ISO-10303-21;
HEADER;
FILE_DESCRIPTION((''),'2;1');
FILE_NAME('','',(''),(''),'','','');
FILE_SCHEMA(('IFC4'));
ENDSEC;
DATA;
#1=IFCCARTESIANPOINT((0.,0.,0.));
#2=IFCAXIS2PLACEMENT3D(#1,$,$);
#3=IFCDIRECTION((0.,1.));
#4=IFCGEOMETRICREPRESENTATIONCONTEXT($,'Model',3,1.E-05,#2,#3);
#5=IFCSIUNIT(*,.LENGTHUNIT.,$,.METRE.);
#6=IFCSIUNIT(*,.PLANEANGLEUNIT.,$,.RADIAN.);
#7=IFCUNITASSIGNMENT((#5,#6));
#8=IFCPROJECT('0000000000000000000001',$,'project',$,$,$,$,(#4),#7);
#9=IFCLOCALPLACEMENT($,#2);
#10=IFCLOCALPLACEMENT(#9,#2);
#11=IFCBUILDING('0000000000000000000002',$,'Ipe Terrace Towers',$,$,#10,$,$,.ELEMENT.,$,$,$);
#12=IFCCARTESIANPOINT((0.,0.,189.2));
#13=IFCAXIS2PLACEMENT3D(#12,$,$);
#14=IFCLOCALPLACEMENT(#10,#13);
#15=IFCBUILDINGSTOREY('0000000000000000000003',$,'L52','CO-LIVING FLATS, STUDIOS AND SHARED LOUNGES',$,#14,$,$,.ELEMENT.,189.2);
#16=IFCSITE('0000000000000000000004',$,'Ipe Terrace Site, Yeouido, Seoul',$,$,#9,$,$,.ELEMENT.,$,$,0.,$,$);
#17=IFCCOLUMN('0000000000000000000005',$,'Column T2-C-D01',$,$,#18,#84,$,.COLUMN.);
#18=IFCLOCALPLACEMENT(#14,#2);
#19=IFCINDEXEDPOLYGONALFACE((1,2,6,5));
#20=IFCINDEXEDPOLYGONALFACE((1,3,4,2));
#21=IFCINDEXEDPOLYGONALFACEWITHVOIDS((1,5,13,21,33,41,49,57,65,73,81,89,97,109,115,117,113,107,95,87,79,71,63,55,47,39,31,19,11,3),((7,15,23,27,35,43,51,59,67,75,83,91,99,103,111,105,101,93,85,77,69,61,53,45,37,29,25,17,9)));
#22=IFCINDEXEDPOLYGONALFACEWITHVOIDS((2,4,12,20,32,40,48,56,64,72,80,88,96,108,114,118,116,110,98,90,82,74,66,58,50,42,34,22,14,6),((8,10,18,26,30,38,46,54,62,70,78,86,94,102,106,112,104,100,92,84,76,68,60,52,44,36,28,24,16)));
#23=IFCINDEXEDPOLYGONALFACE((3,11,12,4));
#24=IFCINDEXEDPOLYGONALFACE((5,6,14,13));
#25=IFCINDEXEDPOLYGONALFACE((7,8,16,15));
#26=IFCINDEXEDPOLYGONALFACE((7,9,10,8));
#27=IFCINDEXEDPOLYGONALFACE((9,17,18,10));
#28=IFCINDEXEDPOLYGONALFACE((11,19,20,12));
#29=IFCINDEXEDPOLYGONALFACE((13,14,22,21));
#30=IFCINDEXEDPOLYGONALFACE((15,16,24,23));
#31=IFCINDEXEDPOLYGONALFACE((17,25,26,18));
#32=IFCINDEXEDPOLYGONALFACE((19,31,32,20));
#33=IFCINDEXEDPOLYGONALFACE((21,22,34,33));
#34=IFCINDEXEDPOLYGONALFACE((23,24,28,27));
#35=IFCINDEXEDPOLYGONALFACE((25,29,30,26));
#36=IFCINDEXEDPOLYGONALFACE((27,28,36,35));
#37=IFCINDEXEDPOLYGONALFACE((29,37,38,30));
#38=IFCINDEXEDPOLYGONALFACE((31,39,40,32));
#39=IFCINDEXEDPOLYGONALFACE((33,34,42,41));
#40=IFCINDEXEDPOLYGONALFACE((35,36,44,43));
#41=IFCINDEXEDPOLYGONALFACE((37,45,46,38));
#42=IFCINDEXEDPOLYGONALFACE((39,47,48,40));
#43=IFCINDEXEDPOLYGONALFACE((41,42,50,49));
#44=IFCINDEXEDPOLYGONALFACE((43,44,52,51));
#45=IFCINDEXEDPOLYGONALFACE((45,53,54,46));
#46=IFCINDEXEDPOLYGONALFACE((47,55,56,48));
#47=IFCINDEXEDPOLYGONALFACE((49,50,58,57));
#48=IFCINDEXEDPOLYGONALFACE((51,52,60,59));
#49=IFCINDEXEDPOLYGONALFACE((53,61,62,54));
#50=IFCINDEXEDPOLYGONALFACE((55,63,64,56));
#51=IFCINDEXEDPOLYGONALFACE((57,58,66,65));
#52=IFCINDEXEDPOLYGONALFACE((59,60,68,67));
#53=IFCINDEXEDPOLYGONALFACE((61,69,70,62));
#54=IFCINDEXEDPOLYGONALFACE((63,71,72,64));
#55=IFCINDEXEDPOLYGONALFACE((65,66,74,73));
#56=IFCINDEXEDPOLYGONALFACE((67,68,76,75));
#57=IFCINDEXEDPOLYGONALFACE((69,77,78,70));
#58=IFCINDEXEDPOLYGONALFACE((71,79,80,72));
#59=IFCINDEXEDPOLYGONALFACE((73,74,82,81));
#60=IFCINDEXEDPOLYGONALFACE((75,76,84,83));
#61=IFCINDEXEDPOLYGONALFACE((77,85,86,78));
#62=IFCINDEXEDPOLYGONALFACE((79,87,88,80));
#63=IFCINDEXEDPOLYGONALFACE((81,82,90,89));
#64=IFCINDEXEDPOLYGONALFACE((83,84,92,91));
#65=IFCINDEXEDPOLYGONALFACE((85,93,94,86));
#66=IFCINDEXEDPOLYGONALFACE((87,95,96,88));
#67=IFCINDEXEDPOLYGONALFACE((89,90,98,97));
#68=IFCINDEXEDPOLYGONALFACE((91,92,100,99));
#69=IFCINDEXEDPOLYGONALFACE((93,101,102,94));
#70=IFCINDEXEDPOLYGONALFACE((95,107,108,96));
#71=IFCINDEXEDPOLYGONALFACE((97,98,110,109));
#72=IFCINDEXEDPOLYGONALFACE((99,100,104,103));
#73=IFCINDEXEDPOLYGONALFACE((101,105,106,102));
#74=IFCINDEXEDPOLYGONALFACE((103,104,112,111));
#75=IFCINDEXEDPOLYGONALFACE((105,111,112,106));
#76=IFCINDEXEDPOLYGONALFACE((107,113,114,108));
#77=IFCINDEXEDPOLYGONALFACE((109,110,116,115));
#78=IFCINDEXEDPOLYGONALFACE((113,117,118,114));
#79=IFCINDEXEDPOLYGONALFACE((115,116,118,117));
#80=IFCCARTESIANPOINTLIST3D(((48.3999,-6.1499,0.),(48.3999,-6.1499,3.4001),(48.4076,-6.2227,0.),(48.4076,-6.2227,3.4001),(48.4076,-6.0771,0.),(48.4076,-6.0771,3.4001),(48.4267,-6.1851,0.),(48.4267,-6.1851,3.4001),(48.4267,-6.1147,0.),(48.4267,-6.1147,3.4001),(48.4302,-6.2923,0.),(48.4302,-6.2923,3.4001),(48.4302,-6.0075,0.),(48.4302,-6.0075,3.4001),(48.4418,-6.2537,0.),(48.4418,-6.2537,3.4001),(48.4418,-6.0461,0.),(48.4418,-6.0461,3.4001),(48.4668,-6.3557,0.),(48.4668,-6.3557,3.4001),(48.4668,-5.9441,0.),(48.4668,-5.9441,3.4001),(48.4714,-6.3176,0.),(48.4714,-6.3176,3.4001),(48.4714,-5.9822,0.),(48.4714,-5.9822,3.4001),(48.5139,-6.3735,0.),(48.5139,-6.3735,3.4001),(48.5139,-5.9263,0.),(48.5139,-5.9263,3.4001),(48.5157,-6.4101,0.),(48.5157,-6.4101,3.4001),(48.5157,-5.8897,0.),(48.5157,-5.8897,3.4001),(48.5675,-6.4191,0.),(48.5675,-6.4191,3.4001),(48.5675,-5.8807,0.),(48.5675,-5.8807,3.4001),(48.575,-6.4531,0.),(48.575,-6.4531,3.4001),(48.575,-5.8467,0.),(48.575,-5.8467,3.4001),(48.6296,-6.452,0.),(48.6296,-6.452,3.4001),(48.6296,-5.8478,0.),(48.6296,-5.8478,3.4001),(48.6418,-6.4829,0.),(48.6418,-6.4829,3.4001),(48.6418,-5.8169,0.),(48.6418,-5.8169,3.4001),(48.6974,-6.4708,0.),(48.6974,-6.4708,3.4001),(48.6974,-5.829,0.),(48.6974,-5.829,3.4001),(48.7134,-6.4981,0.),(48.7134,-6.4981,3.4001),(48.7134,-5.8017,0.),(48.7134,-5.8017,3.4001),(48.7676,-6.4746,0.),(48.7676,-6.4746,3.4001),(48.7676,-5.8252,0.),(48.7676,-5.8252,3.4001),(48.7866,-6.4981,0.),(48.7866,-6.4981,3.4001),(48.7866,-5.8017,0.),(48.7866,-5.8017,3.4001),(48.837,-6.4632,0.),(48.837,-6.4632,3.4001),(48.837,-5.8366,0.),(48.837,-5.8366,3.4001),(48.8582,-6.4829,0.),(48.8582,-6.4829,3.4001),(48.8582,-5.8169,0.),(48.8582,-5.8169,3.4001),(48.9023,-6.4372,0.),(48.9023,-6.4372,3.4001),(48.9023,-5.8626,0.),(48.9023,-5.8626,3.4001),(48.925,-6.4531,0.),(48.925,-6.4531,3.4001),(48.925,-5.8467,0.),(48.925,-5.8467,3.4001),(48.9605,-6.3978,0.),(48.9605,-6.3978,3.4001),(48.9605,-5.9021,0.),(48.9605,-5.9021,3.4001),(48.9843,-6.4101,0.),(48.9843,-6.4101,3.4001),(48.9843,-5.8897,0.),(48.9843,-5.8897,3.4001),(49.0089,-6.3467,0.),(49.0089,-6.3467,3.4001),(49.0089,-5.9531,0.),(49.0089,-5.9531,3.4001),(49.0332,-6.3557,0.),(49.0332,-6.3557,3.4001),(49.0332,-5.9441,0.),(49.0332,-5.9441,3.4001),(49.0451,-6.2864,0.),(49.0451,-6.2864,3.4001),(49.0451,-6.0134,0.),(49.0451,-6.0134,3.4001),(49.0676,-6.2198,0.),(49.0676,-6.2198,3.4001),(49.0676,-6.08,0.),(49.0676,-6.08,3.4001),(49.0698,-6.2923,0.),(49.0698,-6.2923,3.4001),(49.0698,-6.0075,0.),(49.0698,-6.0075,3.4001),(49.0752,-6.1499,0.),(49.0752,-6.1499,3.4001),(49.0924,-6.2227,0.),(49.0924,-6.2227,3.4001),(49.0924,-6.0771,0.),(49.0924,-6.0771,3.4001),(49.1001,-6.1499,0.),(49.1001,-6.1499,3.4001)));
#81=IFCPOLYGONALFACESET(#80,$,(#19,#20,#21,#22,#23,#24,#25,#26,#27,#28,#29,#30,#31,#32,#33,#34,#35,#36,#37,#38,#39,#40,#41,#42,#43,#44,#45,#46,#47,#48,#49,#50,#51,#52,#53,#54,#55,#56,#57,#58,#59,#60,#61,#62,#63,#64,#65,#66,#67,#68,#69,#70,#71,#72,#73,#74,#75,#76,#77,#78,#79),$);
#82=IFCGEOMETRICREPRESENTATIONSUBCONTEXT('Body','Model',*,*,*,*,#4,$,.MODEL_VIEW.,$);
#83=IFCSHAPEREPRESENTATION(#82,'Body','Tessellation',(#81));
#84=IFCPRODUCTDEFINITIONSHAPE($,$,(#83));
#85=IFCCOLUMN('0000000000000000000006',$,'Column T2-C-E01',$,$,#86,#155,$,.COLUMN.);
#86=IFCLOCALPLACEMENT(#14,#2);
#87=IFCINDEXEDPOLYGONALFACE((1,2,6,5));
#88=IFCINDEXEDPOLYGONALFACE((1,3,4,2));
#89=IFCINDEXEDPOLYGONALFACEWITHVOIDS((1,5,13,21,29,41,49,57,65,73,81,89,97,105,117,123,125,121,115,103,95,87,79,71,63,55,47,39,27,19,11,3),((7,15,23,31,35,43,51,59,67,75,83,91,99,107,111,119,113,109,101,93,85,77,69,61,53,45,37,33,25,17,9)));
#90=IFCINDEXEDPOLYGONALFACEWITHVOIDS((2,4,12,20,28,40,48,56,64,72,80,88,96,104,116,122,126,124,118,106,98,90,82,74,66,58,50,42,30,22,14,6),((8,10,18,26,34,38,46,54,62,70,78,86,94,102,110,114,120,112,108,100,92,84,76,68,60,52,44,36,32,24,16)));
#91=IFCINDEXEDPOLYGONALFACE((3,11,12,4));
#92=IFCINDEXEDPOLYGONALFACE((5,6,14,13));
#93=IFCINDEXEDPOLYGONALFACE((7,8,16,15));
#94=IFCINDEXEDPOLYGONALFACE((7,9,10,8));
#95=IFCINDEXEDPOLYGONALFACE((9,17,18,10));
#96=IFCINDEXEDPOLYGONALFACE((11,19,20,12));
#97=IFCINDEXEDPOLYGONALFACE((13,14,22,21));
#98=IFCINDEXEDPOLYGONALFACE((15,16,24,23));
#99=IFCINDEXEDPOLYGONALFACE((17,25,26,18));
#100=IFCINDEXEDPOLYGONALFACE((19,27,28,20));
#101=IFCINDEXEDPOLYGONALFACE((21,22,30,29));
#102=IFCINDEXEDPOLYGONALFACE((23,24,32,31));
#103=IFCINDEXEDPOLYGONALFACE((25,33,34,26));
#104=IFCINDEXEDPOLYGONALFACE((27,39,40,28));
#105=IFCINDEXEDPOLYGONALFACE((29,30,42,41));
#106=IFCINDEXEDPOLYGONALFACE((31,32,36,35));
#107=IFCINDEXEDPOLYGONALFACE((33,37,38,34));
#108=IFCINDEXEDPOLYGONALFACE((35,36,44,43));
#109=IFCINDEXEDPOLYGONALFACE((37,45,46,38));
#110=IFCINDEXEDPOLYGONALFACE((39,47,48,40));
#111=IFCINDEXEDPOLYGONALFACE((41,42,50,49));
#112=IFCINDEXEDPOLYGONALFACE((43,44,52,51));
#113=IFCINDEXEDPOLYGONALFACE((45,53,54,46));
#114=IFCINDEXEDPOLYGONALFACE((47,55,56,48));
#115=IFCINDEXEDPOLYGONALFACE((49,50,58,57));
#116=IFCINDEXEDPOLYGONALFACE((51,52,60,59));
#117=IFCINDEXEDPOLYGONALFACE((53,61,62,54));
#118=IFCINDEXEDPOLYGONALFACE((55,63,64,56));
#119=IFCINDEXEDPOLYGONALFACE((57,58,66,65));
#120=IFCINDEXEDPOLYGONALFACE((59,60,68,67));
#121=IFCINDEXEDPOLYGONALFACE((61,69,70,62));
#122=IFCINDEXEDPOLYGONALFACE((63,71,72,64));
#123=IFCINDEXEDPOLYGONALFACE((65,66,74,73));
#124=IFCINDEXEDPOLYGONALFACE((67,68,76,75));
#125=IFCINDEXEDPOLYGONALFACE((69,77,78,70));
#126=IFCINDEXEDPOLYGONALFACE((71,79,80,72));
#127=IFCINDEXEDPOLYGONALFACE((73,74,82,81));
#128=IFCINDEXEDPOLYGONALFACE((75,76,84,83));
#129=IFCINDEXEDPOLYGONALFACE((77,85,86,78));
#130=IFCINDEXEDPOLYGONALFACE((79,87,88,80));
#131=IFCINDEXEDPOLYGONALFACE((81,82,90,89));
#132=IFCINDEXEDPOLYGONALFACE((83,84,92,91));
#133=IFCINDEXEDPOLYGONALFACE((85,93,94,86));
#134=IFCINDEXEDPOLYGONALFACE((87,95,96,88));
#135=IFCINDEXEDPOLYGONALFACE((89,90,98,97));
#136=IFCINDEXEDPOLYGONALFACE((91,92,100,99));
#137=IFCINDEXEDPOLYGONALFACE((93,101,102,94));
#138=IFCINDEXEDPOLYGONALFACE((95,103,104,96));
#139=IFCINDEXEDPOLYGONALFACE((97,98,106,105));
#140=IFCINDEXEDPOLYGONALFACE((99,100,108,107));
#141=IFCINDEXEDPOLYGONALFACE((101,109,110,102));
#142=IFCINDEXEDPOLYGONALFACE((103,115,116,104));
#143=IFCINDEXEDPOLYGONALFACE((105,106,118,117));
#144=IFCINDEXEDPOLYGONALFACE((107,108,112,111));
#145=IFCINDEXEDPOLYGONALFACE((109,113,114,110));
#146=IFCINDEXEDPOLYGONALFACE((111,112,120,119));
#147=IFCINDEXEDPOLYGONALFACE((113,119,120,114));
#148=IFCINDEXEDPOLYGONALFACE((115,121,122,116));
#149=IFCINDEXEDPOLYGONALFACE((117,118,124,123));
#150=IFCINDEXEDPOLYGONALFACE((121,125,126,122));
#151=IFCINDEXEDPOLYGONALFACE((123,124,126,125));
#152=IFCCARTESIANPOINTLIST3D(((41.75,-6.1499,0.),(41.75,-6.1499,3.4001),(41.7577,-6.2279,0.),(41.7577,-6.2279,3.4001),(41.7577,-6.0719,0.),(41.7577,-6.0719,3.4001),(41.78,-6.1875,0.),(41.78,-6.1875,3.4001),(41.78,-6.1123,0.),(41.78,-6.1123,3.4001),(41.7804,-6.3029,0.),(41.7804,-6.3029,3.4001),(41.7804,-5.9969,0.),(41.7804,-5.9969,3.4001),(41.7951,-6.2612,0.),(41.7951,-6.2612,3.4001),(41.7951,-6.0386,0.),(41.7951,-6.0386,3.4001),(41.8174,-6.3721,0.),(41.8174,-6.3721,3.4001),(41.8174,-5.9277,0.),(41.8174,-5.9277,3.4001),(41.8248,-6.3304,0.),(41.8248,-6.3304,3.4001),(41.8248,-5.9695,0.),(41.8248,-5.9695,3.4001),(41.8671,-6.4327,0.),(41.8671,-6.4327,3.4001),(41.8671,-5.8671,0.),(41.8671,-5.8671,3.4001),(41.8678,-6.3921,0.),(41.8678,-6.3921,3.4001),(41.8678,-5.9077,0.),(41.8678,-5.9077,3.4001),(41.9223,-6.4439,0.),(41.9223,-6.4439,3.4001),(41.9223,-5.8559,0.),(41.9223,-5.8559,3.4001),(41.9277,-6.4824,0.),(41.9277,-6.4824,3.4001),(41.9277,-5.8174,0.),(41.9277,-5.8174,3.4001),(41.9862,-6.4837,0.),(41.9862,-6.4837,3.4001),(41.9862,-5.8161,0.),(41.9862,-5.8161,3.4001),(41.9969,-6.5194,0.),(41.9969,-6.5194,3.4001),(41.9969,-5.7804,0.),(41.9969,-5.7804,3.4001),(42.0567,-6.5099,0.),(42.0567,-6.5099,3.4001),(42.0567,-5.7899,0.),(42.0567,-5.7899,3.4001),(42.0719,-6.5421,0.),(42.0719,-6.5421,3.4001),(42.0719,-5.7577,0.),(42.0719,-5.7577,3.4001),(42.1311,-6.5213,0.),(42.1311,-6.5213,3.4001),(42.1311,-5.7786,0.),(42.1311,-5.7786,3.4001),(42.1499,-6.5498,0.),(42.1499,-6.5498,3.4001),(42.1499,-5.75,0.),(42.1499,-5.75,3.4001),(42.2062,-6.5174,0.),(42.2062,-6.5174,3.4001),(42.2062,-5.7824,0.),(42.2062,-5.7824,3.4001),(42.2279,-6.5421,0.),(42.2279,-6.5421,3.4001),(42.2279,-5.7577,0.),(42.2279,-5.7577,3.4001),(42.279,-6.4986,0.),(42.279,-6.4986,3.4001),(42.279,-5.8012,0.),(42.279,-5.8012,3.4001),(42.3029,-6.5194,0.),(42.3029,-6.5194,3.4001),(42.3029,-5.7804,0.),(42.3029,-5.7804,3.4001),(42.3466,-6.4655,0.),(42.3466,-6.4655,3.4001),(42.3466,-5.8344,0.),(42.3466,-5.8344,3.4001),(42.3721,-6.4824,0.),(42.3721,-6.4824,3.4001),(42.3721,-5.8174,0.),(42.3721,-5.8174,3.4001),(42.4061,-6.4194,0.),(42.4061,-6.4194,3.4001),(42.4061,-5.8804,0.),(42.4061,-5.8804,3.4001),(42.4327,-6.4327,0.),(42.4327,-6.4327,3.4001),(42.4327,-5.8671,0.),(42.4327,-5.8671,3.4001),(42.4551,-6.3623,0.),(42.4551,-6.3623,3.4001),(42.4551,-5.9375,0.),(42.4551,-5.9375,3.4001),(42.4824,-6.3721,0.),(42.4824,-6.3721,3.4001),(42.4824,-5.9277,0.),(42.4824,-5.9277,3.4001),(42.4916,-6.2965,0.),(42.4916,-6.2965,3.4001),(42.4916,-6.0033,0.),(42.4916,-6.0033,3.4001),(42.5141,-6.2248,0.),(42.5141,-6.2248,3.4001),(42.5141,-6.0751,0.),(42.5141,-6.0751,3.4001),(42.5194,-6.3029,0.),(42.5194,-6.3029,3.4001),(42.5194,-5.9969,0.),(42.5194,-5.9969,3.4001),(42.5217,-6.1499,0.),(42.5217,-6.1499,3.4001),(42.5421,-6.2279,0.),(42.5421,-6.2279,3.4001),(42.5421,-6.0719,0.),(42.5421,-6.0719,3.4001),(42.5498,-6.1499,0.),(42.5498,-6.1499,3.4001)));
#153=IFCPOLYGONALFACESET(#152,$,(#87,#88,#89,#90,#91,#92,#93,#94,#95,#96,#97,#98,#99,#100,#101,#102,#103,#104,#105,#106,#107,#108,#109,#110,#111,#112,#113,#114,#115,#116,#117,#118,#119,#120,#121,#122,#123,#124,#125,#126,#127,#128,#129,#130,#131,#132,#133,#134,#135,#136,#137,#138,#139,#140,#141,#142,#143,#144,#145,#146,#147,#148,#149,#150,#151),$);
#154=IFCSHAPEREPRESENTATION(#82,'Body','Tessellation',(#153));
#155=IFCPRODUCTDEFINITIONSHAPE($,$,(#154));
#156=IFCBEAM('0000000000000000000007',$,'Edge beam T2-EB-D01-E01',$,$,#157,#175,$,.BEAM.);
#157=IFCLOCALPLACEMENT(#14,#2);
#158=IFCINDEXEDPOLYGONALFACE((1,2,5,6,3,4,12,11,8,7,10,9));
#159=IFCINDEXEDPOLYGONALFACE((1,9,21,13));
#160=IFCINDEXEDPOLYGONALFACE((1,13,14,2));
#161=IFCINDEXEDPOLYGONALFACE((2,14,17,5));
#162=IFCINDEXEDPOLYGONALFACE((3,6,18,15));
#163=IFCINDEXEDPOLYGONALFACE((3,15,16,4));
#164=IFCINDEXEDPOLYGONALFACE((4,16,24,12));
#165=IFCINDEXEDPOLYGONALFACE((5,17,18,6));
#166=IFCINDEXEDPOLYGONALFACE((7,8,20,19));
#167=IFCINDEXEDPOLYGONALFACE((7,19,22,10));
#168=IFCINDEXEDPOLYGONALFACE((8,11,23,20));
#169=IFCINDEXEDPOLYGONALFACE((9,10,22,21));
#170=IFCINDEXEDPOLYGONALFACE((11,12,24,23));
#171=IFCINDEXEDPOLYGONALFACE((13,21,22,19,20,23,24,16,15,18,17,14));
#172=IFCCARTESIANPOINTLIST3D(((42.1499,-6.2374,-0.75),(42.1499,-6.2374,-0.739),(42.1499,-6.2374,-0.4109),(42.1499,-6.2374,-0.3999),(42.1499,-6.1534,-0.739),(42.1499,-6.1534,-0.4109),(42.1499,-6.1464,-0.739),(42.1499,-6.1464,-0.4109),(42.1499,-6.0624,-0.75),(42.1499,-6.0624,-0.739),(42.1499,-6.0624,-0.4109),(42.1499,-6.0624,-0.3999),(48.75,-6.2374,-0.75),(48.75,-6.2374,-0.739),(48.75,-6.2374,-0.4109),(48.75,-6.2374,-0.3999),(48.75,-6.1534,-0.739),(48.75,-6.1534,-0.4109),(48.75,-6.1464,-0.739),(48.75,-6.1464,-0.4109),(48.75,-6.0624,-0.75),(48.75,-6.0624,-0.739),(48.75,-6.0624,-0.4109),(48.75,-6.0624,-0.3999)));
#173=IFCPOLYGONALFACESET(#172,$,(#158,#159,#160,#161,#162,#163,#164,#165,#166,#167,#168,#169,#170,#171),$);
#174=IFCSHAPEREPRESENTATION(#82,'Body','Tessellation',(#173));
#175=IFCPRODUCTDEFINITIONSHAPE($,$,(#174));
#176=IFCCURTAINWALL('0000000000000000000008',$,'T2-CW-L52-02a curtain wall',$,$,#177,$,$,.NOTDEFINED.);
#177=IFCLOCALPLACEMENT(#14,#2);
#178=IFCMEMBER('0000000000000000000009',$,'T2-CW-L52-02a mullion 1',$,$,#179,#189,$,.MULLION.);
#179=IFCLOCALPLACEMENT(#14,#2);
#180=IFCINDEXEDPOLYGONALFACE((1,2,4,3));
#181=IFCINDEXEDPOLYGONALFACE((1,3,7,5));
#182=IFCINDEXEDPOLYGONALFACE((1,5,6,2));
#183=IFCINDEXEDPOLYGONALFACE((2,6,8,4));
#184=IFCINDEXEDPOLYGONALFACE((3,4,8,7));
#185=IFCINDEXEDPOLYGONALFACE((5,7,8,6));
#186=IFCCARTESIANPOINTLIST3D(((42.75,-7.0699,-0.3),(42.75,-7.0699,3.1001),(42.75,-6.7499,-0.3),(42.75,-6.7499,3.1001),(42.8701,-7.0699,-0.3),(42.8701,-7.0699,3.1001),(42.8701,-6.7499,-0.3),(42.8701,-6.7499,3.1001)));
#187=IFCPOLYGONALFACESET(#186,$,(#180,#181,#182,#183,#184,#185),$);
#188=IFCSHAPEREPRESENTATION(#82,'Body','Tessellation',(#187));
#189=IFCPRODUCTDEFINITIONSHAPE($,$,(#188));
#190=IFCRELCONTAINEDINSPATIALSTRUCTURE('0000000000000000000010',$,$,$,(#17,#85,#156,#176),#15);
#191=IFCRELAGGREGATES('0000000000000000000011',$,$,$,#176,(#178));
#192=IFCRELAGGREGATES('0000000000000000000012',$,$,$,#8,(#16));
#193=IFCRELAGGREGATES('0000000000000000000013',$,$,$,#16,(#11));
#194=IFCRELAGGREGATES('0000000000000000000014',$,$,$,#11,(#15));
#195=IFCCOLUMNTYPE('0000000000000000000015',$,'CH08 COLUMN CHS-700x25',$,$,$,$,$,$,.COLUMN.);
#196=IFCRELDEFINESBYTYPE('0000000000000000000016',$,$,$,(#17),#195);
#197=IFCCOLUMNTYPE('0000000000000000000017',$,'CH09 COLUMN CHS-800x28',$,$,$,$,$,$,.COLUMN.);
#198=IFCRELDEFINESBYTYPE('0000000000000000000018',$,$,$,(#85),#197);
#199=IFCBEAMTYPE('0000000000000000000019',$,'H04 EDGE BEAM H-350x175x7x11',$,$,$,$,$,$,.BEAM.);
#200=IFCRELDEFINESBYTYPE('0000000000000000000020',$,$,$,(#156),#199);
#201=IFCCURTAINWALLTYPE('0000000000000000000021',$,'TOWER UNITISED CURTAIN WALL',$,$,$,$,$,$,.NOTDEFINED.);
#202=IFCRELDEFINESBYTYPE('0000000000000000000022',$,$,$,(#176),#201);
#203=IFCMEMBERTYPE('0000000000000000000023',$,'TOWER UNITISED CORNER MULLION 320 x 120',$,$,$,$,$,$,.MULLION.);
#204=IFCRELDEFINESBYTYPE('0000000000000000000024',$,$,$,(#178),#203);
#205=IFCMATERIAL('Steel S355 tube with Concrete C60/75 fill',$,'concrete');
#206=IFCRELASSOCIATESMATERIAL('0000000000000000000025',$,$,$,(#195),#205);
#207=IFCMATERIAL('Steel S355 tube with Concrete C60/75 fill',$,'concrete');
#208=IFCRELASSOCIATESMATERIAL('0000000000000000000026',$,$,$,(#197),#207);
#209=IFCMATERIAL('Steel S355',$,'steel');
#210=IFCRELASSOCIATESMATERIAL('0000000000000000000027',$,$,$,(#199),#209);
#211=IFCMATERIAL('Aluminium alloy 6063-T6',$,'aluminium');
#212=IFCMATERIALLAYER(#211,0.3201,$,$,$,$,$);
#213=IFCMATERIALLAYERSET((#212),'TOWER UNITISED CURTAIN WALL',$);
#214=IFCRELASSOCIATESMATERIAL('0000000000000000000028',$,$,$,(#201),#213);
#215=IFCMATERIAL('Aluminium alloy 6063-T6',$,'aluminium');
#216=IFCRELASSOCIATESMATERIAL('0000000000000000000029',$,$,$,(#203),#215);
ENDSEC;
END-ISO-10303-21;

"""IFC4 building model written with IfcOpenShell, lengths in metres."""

from ifc_helpers import new_model, si_unit, direction, frame, origin, origin_2d, place, context, subcontext, project, spatial, rectangle, hollow_circle, i_section, extrude, material, layer, layer_set, material_profile, profile_set, type_object, element, aggregate, save


model = new_model("IFC4")

# Units and contexts
model_context = context("Model", 3, precision=1e-05, world=origin(), true_north=direction((0.0, 1.0)))
body_context = subcontext(model_context, "Body", "Model", "MODEL_VIEW")
ifc_project = project(units=[si_unit("LENGTHUNIT", "METRE"), si_unit("PLANEANGLEUNIT", "RADIAN")], contexts=[model_context])

# Site, building, storey
site_placement = place(None, origin())
site = spatial("IfcSite", under=ifc_project, at=site_placement, Name="Ipe Terrace Site, Yeouido, Seoul", CompositionType="ELEMENT", RefElevation=0.0)
building_placement = place(site_placement, origin())
building = spatial("IfcBuilding", under=site, at=building_placement, Name="Ipe Terrace Towers", CompositionType="ELEMENT")
storey_placement = place(building_placement, frame((0.0, 0.0, 189.2)))
storey = spatial("IfcBuildingStorey", under=building, at=storey_placement, Name="L52", Description="CO-LIVING FLATS, STUDIOS AND SHARED LOUNGES", CompositionType="ELEMENT", Elevation=189.2)

# Columns
ifc_material_1 = material(Name="Steel S355 tube with Concrete C60/75 fill", Category="concrete")
ifc_material_profile_1 = material_profile(ifc_material_1, hollow_circle(Radius=0.3501, WallThickness=0.0249, at=origin_2d()), Name="CHS-700x25")
ifc_profile_set_1 = profile_set([ifc_material_profile_1], Name="Steel S355 tube with Concrete C60/75 fill")
column_type_1 = type_object("IfcColumnType", Name="CH08 COLUMN CHS-700x25", PredefinedType="COLUMN", material=ifc_profile_set_1)
column_1_placement = place(storey_placement, frame((48.75, -6.1499, 0.0), z_axis=(0.0, 0.0, 1.0), x_axis=(1.0, 0.0, 0.0)))
element("IfcColumn", 1, at=column_1_placement, inside=storey, type_object=column_type_1, Name="Column T2-C-D01", PredefinedType="COLUMN", context=body_context, shape_type="SweptSolid", body=[
    extrude(hollow_circle(Radius=0.3501, WallThickness=0.0249, at=origin_2d()), origin(), (0.0, 0.0, 1.0), 3.4001),
])
ifc_material_2 = material(Name="Steel S355 tube with Concrete C60/75 fill", Category="concrete")
ifc_material_profile_2 = material_profile(ifc_material_2, hollow_circle(Radius=0.3999, WallThickness=0.0281, at=origin_2d()), Name="CHS-800x28")
ifc_profile_set_2 = profile_set([ifc_material_profile_2], Name="Steel S355 tube with Concrete C60/75 fill")
column_type_2 = type_object("IfcColumnType", Name="CH09 COLUMN CHS-800x28", PredefinedType="COLUMN", material=ifc_profile_set_2)
column_2_placement = place(storey_placement, frame((42.1499, -6.1499, 0.0), z_axis=(0.0, 0.0, 1.0), x_axis=(1.0, 0.0, 0.0)))
element("IfcColumn", 2, at=column_2_placement, inside=storey, type_object=column_type_2, Name="Column T2-C-E01", PredefinedType="COLUMN", context=body_context, shape_type="SweptSolid", body=[
    extrude(hollow_circle(Radius=0.3999, WallThickness=0.0281, at=origin_2d()), origin(), (0.0, 0.0, 1.0), 3.4001),
])

# Beam
ifc_material_3 = material(Name="Steel S355", Category="steel")
ifc_material_profile_3 = material_profile(ifc_material_3, i_section(OverallWidth=0.175, OverallDepth=0.3501, WebThickness=0.0071, FlangeThickness=0.011, at=origin_2d()), Name="H-350x175x7x11")
ifc_profile_set_3 = profile_set([ifc_material_profile_3], Name="Steel S355")
beam_type = type_object("IfcBeamType", Name="H04 EDGE BEAM H-350x175x7x11", PredefinedType="BEAM", material=ifc_profile_set_3)
beam_placement = place(storey_placement, frame((48.75, -6.1499, -0.575), z_axis=(-1.0, 0.0, 0.0), x_axis=(0.0, -1.0, 0.0)))
element("IfcBeam", 3, at=beam_placement, inside=storey, type_object=beam_type, Name="Edge beam T2-EB-D01-E01", PredefinedType="BEAM", context=body_context, shape_type="SweptSolid", body=[
    extrude(i_section(OverallWidth=0.175, OverallDepth=0.3501, WebThickness=0.0071, FlangeThickness=0.011, at=origin_2d()), origin(), (0.0, 0.0, 1.0), 6.6001),
])

# Curtain wall, member
ifc_material_4 = material(Name="Aluminium alloy 6063-T6", Category="aluminium")
ifc_layer_1 = layer(ifc_material_4, 0.3201)
ifc_layer_set_1 = layer_set([ifc_layer_1], Name="TOWER UNITISED CURTAIN WALL")
curtain_wall_type = type_object("IfcCurtainWallType", Name="TOWER UNITISED CURTAIN WALL", PredefinedType="NOTDEFINED", material=ifc_layer_set_1)
curtain_wall_1_placement = place(storey_placement, origin())
curtain_wall_1 = element("IfcCurtainWall", 4, at=curtain_wall_1_placement, inside=storey, type_object=curtain_wall_type, Name="T2-CW-L52-02a curtain wall", PredefinedType="NOTDEFINED")
ifc_material_5 = material(Name="Aluminium alloy 6063-T6", Category="aluminium")
ifc_material_profile_4 = material_profile(ifc_material_5, rectangle(XDim=0.3201, YDim=0.1201, at=origin_2d()), Name="TOWER UNITISED CORNER MULLION 320 x 120")
ifc_profile_set_4 = profile_set([ifc_material_profile_4], Name="Aluminium alloy 6063-T6")
member_type = type_object("IfcMemberType", Name="TOWER UNITISED CORNER MULLION 320 x 120", PredefinedType="MULLION", material=ifc_profile_set_4)
member_1_placement = place(storey_placement, frame((42.8101, -6.9099, -0.3), z_axis=(0.0, 0.0, 1.0), x_axis=(0.0, -1.0, 0.0)))
member_1 = element("IfcMember", 5, at=member_1_placement, type_object=member_type, Name="T2-CW-L52-02a mullion 1", PredefinedType="MULLION", context=body_context, shape_type="SweptSolid", body=[
    extrude(rectangle(XDim=0.3201, YDim=0.1201, at=origin_2d()), origin(), (0.0, 0.0, 1.0), 3.4001),
])

aggregate(curtain_wall_1, [member_1])

save(model, "model.ifc")
